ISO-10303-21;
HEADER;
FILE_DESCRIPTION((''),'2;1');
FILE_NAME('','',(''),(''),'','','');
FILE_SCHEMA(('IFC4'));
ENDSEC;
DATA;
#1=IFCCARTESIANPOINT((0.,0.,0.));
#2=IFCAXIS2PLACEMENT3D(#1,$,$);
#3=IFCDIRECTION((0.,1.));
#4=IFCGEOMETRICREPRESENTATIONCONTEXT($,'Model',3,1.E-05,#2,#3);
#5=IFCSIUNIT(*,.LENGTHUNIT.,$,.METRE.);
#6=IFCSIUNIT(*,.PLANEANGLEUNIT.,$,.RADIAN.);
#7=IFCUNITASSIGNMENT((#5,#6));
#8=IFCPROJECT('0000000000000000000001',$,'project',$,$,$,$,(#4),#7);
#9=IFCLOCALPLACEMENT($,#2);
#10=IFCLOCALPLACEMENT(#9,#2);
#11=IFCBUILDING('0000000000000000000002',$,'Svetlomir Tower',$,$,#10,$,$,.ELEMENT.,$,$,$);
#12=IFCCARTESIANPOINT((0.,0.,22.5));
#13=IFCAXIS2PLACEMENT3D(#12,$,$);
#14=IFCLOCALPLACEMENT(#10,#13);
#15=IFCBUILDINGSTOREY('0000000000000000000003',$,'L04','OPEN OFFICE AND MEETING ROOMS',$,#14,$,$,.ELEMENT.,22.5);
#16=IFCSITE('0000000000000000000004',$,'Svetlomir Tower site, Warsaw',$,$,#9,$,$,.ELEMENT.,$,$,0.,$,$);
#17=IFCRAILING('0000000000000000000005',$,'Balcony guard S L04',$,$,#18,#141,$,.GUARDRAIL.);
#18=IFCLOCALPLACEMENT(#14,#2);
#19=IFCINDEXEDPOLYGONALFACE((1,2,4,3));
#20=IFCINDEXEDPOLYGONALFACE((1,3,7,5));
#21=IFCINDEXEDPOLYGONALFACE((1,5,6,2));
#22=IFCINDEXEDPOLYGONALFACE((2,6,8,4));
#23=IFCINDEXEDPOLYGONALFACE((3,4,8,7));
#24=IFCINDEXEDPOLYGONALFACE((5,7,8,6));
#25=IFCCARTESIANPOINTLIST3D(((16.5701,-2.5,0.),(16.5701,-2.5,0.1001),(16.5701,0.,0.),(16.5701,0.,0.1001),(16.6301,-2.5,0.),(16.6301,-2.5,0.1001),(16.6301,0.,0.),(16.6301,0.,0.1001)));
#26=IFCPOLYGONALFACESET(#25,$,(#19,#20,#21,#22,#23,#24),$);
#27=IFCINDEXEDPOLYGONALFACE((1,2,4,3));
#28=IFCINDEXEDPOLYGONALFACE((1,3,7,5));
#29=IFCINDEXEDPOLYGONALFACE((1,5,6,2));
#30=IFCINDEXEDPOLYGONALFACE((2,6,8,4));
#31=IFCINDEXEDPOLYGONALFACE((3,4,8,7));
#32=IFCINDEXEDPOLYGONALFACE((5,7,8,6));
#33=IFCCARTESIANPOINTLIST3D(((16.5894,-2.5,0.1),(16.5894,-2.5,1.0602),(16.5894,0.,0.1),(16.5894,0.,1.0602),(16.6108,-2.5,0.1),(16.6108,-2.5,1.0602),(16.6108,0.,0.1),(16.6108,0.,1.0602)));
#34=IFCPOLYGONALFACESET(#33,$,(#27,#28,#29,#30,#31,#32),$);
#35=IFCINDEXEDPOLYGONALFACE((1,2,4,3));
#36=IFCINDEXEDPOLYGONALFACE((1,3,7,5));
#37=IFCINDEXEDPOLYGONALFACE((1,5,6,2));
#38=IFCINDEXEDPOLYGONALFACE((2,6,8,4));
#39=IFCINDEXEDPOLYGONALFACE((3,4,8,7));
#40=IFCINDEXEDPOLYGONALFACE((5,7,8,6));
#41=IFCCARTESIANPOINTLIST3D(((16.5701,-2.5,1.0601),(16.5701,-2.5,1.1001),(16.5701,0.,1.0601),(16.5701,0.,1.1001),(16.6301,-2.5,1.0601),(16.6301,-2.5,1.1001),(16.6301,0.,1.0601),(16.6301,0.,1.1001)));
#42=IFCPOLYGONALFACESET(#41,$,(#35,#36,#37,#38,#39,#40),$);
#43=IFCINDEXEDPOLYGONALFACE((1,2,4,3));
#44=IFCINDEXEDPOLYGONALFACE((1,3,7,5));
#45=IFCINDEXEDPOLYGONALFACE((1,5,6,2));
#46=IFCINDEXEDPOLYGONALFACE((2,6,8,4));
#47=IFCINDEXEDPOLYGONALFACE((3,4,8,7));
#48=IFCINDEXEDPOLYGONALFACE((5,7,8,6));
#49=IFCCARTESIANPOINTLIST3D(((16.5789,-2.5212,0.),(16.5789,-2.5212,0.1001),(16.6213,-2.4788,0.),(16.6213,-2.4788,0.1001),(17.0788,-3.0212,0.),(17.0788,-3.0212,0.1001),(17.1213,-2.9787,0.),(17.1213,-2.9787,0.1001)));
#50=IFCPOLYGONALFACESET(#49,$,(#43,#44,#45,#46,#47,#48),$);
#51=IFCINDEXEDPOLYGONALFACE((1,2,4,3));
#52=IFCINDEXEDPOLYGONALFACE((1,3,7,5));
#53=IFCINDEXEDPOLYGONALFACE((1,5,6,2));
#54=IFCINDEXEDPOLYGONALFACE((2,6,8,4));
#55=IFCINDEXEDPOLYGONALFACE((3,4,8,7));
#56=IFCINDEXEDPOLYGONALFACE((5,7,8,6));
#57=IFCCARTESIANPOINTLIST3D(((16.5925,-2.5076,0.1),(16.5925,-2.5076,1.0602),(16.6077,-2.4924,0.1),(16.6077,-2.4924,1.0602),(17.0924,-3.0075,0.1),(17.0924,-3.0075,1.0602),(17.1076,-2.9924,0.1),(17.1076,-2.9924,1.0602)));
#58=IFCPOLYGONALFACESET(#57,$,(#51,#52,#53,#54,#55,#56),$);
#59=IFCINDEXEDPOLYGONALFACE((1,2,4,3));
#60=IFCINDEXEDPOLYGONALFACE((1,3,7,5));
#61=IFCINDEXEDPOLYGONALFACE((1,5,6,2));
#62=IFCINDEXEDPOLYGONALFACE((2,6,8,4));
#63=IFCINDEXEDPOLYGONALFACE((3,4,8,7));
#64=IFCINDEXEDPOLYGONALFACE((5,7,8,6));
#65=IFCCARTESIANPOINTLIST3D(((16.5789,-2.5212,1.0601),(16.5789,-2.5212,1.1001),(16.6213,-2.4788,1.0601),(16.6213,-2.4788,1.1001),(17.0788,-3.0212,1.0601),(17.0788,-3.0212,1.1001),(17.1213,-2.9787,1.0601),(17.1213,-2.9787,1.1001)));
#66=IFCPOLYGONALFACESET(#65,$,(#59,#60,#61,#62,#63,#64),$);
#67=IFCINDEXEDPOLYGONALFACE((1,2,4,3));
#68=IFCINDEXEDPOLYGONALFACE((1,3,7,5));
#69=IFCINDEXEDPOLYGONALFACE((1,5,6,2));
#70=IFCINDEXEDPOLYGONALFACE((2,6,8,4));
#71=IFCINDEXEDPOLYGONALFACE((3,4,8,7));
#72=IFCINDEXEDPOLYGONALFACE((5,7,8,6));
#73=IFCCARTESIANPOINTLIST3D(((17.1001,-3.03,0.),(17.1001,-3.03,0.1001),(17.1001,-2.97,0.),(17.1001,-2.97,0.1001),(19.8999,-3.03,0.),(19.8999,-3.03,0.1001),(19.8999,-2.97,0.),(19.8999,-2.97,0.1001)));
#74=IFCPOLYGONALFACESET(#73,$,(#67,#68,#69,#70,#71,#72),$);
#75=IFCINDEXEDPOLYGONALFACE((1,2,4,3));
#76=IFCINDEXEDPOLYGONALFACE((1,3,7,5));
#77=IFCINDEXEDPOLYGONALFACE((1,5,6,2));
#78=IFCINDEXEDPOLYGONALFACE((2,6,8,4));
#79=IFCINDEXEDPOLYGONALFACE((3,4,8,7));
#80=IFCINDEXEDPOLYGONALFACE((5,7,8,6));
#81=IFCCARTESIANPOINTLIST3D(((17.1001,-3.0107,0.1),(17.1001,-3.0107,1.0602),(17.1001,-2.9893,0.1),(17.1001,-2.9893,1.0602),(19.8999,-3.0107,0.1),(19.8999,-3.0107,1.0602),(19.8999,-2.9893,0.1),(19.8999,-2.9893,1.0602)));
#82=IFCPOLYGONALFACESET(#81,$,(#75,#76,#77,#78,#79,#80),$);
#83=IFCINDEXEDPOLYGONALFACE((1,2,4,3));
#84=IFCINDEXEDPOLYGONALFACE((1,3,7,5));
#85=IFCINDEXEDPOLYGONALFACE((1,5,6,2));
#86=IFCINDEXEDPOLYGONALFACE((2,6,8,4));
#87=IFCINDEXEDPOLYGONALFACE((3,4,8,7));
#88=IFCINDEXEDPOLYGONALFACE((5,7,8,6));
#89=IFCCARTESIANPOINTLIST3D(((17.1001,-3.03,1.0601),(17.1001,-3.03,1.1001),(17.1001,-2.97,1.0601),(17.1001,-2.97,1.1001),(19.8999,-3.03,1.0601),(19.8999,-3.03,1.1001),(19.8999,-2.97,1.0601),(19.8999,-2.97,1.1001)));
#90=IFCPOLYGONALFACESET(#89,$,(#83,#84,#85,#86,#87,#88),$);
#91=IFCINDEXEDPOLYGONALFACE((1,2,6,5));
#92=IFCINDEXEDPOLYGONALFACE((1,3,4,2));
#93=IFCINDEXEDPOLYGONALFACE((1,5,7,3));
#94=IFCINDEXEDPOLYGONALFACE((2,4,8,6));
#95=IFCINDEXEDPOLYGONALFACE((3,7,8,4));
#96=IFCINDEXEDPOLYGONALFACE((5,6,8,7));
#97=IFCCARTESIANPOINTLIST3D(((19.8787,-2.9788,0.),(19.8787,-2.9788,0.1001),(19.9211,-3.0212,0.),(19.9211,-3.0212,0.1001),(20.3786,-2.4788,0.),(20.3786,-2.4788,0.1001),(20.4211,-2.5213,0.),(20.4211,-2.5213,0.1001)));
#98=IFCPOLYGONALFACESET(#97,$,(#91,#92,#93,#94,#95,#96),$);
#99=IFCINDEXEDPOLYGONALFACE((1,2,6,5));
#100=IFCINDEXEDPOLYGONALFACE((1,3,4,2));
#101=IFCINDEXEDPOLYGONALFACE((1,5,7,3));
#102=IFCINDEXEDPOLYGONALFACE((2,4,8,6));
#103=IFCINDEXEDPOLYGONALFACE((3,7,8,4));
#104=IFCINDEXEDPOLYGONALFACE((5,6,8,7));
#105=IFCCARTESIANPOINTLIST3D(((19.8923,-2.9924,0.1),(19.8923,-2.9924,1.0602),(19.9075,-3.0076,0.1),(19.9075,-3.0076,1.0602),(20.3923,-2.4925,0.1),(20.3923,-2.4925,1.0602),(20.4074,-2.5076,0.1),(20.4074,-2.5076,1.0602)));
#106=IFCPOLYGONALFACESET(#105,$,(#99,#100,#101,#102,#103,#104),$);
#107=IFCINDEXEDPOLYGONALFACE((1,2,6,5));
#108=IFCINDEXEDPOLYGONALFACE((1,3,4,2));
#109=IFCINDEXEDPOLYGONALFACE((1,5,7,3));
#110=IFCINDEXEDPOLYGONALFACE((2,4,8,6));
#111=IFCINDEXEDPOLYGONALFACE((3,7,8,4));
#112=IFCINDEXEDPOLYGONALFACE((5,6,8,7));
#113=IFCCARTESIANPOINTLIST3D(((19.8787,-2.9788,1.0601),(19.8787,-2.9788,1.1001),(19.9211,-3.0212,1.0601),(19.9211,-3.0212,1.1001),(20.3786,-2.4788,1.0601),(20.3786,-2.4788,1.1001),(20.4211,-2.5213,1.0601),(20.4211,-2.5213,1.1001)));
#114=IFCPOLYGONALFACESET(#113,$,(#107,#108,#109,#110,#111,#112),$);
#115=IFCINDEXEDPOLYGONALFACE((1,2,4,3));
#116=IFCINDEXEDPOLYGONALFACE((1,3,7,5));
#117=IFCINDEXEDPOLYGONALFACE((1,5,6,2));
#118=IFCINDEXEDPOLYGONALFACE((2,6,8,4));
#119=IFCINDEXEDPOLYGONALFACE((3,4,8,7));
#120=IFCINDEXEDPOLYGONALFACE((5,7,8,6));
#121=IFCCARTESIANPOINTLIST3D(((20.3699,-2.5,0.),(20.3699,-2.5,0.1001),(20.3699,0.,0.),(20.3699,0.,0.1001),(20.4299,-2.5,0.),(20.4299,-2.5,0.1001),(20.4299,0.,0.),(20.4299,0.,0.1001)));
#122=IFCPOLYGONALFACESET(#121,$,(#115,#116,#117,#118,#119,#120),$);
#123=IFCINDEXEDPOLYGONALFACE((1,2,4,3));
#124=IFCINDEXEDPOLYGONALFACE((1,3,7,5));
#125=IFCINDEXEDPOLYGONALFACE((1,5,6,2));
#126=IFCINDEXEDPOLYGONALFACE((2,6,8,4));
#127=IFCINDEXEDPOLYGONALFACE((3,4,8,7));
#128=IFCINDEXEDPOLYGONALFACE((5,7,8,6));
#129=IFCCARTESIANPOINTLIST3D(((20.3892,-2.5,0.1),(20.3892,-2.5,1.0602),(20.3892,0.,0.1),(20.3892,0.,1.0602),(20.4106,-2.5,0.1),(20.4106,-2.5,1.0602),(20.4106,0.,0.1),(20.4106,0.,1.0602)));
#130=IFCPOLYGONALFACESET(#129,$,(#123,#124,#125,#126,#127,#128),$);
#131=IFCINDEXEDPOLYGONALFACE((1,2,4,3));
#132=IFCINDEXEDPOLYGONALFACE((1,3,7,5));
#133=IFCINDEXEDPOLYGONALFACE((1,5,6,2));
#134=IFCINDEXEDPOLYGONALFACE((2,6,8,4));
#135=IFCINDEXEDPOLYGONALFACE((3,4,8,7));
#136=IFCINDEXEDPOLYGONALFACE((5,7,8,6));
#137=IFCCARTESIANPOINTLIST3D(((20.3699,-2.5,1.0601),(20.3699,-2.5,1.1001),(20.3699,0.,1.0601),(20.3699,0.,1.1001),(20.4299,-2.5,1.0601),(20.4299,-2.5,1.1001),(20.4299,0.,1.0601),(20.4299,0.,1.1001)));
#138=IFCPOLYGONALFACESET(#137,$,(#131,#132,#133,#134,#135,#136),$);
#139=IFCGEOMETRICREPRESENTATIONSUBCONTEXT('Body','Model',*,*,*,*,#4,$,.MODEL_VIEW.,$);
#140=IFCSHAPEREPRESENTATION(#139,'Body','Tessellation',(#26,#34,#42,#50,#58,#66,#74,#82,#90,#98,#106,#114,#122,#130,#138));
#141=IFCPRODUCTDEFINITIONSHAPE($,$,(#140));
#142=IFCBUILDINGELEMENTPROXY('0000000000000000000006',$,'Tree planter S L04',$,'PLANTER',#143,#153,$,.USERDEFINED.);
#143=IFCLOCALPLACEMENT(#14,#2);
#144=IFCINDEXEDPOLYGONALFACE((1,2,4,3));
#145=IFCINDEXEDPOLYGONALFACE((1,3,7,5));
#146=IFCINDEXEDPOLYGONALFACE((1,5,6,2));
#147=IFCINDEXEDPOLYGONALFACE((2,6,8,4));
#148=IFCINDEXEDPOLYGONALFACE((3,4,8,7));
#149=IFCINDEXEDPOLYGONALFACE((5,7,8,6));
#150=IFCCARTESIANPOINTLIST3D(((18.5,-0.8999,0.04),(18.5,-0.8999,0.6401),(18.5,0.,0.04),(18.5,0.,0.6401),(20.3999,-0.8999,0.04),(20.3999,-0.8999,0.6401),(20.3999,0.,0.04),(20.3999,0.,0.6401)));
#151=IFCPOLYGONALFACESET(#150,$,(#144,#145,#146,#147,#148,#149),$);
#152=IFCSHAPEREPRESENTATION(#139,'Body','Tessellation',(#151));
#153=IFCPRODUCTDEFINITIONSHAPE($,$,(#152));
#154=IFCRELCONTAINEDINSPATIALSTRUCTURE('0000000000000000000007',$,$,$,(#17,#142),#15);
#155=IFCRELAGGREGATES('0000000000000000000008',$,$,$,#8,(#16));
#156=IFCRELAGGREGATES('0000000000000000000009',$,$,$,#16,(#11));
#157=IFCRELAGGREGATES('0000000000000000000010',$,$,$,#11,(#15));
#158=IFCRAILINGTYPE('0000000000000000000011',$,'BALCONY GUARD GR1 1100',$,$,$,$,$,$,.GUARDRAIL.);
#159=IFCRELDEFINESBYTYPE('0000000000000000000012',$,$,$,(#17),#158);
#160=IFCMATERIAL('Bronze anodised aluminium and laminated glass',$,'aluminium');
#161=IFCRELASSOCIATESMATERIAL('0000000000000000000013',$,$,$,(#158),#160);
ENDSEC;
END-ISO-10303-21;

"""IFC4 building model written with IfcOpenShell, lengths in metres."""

from ifc_helpers import new_model, si_unit, direction, frame, origin, origin_2d, place, context, subcontext, project, spatial, rectangle, extrude, material, type_object, element, save


model = new_model("IFC4")

# Units and contexts
model_context = context("Model", 3, precision=1e-05, world=origin(), true_north=direction((0.0, 1.0)))
body_context = subcontext(model_context, "Body", "Model", "MODEL_VIEW")
ifc_project = project(units=[si_unit("LENGTHUNIT", "METRE"), si_unit("PLANEANGLEUNIT", "RADIAN")], contexts=[model_context])

# Site, building, storey
site_placement = place(None, origin())
site = spatial("IfcSite", under=ifc_project, at=site_placement, Name="Svetlomir Tower site, Warsaw", CompositionType="ELEMENT", RefElevation=0.0)
building_placement = place(site_placement, origin())
building = spatial("IfcBuilding", under=site, at=building_placement, Name="Svetlomir Tower", CompositionType="ELEMENT")
storey_placement = place(building_placement, frame((0.0, 0.0, 22.5)))
storey = spatial("IfcBuildingStorey", under=building, at=storey_placement, Name="L04", Description="OPEN OFFICE AND MEETING ROOMS", CompositionType="ELEMENT", Elevation=22.5)

# Railing
ifc_material_1 = material(Name="Bronze anodised aluminium and laminated glass", Category="aluminium")
railing_type = type_object("IfcRailingType", Name="BALCONY GUARD GR1 1100", PredefinedType="GUARDRAIL", material=ifc_material_1)
railing_placement = place(storey_placement, frame((16.6001, 0.0, 0.0)))
element("IfcRailing", 1, at=railing_placement, inside=storey, type_object=railing_type, Name="Balcony guard S L04", PredefinedType="GUARDRAIL", context=body_context, shape_type="SweptSolid", body=[
    extrude(rectangle(XDim=0.0601, YDim=0.1001, at=origin_2d()), frame((0.0, 0.0, 0.05), z_axis=(0.0, -1.0, 0.0), x_axis=(1.0, 0.0, 0.0)), (0.0, 0.0, 1.0), 2.5),
    extrude(rectangle(XDim=0.0215, YDim=0.9602, at=origin_2d()), frame((0.0, 0.0, 0.5801), z_axis=(0.0, -1.0, 0.0), x_axis=(1.0, 0.0, 0.0)), (0.0, 0.0, 1.0), 2.5),
    extrude(rectangle(XDim=0.0601, YDim=0.04, at=origin_2d()), frame((0.0, 0.0, 1.0801), z_axis=(0.0, -1.0, 0.0), x_axis=(1.0, 0.0, 0.0)), (0.0, 0.0, 1.0), 2.5),
    extrude(rectangle(XDim=0.0601, YDim=0.1001, at=origin_2d()), frame((0.0, -2.5, 0.05), z_axis=(0.707107, -0.707107, 0.0), x_axis=(0.707107, 0.707107, 0.0)), (0.0, 0.0, 1.0), 0.707),
    extrude(rectangle(XDim=0.0215, YDim=0.9602, at=origin_2d()), frame((0.0, -2.5, 0.5801), z_axis=(0.707107, -0.707107, 0.0), x_axis=(0.707107, 0.707107, 0.0)), (0.0, 0.0, 1.0), 0.707),
    extrude(rectangle(XDim=0.0601, YDim=0.04, at=origin_2d()), frame((0.0, -2.5, 1.0801), z_axis=(0.707107, -0.707107, 0.0), x_axis=(0.707107, 0.707107, 0.0)), (0.0, 0.0, 1.0), 0.707),
    extrude(rectangle(XDim=0.0601, YDim=0.1001, at=origin_2d()), frame((0.5, -3.0, 0.05), z_axis=(1.0, 0.0, 0.0), x_axis=(0.0, 1.0, 0.0)), (0.0, 0.0, 1.0), 2.7998),
    extrude(rectangle(XDim=0.0215, YDim=0.9602, at=origin_2d()), frame((0.5, -3.0, 0.5801), z_axis=(1.0, 0.0, 0.0), x_axis=(0.0, 1.0, 0.0)), (0.0, 0.0, 1.0), 2.7998),
    extrude(rectangle(XDim=0.0601, YDim=0.04, at=origin_2d()), frame((0.5, -3.0, 1.0801), z_axis=(1.0, 0.0, 0.0), x_axis=(0.0, 1.0, 0.0)), (0.0, 0.0, 1.0), 2.7998),
    extrude(rectangle(XDim=0.0601, YDim=0.1001, at=origin_2d()), frame((3.2998, -3.0, 0.05), z_axis=(0.707107, 0.707107, 0.0), x_axis=(-0.707107, 0.707107, 0.0)), (0.0, 0.0, 1.0), 0.707),
    extrude(rectangle(XDim=0.0215, YDim=0.9602, at=origin_2d()), frame((3.2998, -3.0, 0.5801), z_axis=(0.707107, 0.707107, 0.0), x_axis=(-0.707107, 0.707107, 0.0)), (0.0, 0.0, 1.0), 0.707),
    extrude(rectangle(XDim=0.0601, YDim=0.04, at=origin_2d()), frame((3.2998, -3.0, 1.0801), z_axis=(0.707107, 0.707107, 0.0), x_axis=(-0.707107, 0.707107, 0.0)), (0.0, 0.0, 1.0), 0.707),
    extrude(rectangle(XDim=0.0601, YDim=0.1001, at=origin_2d()), frame((3.7998, -2.5, 0.05), z_axis=(0.0, 1.0, 0.0), x_axis=(-1.0, 0.0, 0.0)), (0.0, 0.0, 1.0), 2.5),
    extrude(rectangle(XDim=0.0215, YDim=0.9602, at=origin_2d()), frame((3.7998, -2.5, 0.5801), z_axis=(0.0, 1.0, 0.0), x_axis=(-1.0, 0.0, 0.0)), (0.0, 0.0, 1.0), 2.5),
    extrude(rectangle(XDim=0.0601, YDim=0.04, at=origin_2d()), frame((3.7998, -2.5, 1.0801), z_axis=(0.0, 1.0, 0.0), x_axis=(-1.0, 0.0, 0.0)), (0.0, 0.0, 1.0), 2.5),
])

# Building element proxy
proxy_placement = place(storey_placement, frame((19.45, -0.45, 0.04), z_axis=(0.0, 0.0, 1.0), x_axis=(1.0, 0.0, 0.0)))
element("IfcBuildingElementProxy", 2, at=proxy_placement, inside=storey, Name="Tree planter S L04", ObjectType="PLANTER", PredefinedType="USERDEFINED", context=body_context, shape_type="SweptSolid", body=[
    extrude(rectangle(XDim=1.8999, YDim=0.8999, at=origin_2d()), origin(), (0.0, 0.0, 1.0), 0.6001),
])

save(model, "model.ifc")
